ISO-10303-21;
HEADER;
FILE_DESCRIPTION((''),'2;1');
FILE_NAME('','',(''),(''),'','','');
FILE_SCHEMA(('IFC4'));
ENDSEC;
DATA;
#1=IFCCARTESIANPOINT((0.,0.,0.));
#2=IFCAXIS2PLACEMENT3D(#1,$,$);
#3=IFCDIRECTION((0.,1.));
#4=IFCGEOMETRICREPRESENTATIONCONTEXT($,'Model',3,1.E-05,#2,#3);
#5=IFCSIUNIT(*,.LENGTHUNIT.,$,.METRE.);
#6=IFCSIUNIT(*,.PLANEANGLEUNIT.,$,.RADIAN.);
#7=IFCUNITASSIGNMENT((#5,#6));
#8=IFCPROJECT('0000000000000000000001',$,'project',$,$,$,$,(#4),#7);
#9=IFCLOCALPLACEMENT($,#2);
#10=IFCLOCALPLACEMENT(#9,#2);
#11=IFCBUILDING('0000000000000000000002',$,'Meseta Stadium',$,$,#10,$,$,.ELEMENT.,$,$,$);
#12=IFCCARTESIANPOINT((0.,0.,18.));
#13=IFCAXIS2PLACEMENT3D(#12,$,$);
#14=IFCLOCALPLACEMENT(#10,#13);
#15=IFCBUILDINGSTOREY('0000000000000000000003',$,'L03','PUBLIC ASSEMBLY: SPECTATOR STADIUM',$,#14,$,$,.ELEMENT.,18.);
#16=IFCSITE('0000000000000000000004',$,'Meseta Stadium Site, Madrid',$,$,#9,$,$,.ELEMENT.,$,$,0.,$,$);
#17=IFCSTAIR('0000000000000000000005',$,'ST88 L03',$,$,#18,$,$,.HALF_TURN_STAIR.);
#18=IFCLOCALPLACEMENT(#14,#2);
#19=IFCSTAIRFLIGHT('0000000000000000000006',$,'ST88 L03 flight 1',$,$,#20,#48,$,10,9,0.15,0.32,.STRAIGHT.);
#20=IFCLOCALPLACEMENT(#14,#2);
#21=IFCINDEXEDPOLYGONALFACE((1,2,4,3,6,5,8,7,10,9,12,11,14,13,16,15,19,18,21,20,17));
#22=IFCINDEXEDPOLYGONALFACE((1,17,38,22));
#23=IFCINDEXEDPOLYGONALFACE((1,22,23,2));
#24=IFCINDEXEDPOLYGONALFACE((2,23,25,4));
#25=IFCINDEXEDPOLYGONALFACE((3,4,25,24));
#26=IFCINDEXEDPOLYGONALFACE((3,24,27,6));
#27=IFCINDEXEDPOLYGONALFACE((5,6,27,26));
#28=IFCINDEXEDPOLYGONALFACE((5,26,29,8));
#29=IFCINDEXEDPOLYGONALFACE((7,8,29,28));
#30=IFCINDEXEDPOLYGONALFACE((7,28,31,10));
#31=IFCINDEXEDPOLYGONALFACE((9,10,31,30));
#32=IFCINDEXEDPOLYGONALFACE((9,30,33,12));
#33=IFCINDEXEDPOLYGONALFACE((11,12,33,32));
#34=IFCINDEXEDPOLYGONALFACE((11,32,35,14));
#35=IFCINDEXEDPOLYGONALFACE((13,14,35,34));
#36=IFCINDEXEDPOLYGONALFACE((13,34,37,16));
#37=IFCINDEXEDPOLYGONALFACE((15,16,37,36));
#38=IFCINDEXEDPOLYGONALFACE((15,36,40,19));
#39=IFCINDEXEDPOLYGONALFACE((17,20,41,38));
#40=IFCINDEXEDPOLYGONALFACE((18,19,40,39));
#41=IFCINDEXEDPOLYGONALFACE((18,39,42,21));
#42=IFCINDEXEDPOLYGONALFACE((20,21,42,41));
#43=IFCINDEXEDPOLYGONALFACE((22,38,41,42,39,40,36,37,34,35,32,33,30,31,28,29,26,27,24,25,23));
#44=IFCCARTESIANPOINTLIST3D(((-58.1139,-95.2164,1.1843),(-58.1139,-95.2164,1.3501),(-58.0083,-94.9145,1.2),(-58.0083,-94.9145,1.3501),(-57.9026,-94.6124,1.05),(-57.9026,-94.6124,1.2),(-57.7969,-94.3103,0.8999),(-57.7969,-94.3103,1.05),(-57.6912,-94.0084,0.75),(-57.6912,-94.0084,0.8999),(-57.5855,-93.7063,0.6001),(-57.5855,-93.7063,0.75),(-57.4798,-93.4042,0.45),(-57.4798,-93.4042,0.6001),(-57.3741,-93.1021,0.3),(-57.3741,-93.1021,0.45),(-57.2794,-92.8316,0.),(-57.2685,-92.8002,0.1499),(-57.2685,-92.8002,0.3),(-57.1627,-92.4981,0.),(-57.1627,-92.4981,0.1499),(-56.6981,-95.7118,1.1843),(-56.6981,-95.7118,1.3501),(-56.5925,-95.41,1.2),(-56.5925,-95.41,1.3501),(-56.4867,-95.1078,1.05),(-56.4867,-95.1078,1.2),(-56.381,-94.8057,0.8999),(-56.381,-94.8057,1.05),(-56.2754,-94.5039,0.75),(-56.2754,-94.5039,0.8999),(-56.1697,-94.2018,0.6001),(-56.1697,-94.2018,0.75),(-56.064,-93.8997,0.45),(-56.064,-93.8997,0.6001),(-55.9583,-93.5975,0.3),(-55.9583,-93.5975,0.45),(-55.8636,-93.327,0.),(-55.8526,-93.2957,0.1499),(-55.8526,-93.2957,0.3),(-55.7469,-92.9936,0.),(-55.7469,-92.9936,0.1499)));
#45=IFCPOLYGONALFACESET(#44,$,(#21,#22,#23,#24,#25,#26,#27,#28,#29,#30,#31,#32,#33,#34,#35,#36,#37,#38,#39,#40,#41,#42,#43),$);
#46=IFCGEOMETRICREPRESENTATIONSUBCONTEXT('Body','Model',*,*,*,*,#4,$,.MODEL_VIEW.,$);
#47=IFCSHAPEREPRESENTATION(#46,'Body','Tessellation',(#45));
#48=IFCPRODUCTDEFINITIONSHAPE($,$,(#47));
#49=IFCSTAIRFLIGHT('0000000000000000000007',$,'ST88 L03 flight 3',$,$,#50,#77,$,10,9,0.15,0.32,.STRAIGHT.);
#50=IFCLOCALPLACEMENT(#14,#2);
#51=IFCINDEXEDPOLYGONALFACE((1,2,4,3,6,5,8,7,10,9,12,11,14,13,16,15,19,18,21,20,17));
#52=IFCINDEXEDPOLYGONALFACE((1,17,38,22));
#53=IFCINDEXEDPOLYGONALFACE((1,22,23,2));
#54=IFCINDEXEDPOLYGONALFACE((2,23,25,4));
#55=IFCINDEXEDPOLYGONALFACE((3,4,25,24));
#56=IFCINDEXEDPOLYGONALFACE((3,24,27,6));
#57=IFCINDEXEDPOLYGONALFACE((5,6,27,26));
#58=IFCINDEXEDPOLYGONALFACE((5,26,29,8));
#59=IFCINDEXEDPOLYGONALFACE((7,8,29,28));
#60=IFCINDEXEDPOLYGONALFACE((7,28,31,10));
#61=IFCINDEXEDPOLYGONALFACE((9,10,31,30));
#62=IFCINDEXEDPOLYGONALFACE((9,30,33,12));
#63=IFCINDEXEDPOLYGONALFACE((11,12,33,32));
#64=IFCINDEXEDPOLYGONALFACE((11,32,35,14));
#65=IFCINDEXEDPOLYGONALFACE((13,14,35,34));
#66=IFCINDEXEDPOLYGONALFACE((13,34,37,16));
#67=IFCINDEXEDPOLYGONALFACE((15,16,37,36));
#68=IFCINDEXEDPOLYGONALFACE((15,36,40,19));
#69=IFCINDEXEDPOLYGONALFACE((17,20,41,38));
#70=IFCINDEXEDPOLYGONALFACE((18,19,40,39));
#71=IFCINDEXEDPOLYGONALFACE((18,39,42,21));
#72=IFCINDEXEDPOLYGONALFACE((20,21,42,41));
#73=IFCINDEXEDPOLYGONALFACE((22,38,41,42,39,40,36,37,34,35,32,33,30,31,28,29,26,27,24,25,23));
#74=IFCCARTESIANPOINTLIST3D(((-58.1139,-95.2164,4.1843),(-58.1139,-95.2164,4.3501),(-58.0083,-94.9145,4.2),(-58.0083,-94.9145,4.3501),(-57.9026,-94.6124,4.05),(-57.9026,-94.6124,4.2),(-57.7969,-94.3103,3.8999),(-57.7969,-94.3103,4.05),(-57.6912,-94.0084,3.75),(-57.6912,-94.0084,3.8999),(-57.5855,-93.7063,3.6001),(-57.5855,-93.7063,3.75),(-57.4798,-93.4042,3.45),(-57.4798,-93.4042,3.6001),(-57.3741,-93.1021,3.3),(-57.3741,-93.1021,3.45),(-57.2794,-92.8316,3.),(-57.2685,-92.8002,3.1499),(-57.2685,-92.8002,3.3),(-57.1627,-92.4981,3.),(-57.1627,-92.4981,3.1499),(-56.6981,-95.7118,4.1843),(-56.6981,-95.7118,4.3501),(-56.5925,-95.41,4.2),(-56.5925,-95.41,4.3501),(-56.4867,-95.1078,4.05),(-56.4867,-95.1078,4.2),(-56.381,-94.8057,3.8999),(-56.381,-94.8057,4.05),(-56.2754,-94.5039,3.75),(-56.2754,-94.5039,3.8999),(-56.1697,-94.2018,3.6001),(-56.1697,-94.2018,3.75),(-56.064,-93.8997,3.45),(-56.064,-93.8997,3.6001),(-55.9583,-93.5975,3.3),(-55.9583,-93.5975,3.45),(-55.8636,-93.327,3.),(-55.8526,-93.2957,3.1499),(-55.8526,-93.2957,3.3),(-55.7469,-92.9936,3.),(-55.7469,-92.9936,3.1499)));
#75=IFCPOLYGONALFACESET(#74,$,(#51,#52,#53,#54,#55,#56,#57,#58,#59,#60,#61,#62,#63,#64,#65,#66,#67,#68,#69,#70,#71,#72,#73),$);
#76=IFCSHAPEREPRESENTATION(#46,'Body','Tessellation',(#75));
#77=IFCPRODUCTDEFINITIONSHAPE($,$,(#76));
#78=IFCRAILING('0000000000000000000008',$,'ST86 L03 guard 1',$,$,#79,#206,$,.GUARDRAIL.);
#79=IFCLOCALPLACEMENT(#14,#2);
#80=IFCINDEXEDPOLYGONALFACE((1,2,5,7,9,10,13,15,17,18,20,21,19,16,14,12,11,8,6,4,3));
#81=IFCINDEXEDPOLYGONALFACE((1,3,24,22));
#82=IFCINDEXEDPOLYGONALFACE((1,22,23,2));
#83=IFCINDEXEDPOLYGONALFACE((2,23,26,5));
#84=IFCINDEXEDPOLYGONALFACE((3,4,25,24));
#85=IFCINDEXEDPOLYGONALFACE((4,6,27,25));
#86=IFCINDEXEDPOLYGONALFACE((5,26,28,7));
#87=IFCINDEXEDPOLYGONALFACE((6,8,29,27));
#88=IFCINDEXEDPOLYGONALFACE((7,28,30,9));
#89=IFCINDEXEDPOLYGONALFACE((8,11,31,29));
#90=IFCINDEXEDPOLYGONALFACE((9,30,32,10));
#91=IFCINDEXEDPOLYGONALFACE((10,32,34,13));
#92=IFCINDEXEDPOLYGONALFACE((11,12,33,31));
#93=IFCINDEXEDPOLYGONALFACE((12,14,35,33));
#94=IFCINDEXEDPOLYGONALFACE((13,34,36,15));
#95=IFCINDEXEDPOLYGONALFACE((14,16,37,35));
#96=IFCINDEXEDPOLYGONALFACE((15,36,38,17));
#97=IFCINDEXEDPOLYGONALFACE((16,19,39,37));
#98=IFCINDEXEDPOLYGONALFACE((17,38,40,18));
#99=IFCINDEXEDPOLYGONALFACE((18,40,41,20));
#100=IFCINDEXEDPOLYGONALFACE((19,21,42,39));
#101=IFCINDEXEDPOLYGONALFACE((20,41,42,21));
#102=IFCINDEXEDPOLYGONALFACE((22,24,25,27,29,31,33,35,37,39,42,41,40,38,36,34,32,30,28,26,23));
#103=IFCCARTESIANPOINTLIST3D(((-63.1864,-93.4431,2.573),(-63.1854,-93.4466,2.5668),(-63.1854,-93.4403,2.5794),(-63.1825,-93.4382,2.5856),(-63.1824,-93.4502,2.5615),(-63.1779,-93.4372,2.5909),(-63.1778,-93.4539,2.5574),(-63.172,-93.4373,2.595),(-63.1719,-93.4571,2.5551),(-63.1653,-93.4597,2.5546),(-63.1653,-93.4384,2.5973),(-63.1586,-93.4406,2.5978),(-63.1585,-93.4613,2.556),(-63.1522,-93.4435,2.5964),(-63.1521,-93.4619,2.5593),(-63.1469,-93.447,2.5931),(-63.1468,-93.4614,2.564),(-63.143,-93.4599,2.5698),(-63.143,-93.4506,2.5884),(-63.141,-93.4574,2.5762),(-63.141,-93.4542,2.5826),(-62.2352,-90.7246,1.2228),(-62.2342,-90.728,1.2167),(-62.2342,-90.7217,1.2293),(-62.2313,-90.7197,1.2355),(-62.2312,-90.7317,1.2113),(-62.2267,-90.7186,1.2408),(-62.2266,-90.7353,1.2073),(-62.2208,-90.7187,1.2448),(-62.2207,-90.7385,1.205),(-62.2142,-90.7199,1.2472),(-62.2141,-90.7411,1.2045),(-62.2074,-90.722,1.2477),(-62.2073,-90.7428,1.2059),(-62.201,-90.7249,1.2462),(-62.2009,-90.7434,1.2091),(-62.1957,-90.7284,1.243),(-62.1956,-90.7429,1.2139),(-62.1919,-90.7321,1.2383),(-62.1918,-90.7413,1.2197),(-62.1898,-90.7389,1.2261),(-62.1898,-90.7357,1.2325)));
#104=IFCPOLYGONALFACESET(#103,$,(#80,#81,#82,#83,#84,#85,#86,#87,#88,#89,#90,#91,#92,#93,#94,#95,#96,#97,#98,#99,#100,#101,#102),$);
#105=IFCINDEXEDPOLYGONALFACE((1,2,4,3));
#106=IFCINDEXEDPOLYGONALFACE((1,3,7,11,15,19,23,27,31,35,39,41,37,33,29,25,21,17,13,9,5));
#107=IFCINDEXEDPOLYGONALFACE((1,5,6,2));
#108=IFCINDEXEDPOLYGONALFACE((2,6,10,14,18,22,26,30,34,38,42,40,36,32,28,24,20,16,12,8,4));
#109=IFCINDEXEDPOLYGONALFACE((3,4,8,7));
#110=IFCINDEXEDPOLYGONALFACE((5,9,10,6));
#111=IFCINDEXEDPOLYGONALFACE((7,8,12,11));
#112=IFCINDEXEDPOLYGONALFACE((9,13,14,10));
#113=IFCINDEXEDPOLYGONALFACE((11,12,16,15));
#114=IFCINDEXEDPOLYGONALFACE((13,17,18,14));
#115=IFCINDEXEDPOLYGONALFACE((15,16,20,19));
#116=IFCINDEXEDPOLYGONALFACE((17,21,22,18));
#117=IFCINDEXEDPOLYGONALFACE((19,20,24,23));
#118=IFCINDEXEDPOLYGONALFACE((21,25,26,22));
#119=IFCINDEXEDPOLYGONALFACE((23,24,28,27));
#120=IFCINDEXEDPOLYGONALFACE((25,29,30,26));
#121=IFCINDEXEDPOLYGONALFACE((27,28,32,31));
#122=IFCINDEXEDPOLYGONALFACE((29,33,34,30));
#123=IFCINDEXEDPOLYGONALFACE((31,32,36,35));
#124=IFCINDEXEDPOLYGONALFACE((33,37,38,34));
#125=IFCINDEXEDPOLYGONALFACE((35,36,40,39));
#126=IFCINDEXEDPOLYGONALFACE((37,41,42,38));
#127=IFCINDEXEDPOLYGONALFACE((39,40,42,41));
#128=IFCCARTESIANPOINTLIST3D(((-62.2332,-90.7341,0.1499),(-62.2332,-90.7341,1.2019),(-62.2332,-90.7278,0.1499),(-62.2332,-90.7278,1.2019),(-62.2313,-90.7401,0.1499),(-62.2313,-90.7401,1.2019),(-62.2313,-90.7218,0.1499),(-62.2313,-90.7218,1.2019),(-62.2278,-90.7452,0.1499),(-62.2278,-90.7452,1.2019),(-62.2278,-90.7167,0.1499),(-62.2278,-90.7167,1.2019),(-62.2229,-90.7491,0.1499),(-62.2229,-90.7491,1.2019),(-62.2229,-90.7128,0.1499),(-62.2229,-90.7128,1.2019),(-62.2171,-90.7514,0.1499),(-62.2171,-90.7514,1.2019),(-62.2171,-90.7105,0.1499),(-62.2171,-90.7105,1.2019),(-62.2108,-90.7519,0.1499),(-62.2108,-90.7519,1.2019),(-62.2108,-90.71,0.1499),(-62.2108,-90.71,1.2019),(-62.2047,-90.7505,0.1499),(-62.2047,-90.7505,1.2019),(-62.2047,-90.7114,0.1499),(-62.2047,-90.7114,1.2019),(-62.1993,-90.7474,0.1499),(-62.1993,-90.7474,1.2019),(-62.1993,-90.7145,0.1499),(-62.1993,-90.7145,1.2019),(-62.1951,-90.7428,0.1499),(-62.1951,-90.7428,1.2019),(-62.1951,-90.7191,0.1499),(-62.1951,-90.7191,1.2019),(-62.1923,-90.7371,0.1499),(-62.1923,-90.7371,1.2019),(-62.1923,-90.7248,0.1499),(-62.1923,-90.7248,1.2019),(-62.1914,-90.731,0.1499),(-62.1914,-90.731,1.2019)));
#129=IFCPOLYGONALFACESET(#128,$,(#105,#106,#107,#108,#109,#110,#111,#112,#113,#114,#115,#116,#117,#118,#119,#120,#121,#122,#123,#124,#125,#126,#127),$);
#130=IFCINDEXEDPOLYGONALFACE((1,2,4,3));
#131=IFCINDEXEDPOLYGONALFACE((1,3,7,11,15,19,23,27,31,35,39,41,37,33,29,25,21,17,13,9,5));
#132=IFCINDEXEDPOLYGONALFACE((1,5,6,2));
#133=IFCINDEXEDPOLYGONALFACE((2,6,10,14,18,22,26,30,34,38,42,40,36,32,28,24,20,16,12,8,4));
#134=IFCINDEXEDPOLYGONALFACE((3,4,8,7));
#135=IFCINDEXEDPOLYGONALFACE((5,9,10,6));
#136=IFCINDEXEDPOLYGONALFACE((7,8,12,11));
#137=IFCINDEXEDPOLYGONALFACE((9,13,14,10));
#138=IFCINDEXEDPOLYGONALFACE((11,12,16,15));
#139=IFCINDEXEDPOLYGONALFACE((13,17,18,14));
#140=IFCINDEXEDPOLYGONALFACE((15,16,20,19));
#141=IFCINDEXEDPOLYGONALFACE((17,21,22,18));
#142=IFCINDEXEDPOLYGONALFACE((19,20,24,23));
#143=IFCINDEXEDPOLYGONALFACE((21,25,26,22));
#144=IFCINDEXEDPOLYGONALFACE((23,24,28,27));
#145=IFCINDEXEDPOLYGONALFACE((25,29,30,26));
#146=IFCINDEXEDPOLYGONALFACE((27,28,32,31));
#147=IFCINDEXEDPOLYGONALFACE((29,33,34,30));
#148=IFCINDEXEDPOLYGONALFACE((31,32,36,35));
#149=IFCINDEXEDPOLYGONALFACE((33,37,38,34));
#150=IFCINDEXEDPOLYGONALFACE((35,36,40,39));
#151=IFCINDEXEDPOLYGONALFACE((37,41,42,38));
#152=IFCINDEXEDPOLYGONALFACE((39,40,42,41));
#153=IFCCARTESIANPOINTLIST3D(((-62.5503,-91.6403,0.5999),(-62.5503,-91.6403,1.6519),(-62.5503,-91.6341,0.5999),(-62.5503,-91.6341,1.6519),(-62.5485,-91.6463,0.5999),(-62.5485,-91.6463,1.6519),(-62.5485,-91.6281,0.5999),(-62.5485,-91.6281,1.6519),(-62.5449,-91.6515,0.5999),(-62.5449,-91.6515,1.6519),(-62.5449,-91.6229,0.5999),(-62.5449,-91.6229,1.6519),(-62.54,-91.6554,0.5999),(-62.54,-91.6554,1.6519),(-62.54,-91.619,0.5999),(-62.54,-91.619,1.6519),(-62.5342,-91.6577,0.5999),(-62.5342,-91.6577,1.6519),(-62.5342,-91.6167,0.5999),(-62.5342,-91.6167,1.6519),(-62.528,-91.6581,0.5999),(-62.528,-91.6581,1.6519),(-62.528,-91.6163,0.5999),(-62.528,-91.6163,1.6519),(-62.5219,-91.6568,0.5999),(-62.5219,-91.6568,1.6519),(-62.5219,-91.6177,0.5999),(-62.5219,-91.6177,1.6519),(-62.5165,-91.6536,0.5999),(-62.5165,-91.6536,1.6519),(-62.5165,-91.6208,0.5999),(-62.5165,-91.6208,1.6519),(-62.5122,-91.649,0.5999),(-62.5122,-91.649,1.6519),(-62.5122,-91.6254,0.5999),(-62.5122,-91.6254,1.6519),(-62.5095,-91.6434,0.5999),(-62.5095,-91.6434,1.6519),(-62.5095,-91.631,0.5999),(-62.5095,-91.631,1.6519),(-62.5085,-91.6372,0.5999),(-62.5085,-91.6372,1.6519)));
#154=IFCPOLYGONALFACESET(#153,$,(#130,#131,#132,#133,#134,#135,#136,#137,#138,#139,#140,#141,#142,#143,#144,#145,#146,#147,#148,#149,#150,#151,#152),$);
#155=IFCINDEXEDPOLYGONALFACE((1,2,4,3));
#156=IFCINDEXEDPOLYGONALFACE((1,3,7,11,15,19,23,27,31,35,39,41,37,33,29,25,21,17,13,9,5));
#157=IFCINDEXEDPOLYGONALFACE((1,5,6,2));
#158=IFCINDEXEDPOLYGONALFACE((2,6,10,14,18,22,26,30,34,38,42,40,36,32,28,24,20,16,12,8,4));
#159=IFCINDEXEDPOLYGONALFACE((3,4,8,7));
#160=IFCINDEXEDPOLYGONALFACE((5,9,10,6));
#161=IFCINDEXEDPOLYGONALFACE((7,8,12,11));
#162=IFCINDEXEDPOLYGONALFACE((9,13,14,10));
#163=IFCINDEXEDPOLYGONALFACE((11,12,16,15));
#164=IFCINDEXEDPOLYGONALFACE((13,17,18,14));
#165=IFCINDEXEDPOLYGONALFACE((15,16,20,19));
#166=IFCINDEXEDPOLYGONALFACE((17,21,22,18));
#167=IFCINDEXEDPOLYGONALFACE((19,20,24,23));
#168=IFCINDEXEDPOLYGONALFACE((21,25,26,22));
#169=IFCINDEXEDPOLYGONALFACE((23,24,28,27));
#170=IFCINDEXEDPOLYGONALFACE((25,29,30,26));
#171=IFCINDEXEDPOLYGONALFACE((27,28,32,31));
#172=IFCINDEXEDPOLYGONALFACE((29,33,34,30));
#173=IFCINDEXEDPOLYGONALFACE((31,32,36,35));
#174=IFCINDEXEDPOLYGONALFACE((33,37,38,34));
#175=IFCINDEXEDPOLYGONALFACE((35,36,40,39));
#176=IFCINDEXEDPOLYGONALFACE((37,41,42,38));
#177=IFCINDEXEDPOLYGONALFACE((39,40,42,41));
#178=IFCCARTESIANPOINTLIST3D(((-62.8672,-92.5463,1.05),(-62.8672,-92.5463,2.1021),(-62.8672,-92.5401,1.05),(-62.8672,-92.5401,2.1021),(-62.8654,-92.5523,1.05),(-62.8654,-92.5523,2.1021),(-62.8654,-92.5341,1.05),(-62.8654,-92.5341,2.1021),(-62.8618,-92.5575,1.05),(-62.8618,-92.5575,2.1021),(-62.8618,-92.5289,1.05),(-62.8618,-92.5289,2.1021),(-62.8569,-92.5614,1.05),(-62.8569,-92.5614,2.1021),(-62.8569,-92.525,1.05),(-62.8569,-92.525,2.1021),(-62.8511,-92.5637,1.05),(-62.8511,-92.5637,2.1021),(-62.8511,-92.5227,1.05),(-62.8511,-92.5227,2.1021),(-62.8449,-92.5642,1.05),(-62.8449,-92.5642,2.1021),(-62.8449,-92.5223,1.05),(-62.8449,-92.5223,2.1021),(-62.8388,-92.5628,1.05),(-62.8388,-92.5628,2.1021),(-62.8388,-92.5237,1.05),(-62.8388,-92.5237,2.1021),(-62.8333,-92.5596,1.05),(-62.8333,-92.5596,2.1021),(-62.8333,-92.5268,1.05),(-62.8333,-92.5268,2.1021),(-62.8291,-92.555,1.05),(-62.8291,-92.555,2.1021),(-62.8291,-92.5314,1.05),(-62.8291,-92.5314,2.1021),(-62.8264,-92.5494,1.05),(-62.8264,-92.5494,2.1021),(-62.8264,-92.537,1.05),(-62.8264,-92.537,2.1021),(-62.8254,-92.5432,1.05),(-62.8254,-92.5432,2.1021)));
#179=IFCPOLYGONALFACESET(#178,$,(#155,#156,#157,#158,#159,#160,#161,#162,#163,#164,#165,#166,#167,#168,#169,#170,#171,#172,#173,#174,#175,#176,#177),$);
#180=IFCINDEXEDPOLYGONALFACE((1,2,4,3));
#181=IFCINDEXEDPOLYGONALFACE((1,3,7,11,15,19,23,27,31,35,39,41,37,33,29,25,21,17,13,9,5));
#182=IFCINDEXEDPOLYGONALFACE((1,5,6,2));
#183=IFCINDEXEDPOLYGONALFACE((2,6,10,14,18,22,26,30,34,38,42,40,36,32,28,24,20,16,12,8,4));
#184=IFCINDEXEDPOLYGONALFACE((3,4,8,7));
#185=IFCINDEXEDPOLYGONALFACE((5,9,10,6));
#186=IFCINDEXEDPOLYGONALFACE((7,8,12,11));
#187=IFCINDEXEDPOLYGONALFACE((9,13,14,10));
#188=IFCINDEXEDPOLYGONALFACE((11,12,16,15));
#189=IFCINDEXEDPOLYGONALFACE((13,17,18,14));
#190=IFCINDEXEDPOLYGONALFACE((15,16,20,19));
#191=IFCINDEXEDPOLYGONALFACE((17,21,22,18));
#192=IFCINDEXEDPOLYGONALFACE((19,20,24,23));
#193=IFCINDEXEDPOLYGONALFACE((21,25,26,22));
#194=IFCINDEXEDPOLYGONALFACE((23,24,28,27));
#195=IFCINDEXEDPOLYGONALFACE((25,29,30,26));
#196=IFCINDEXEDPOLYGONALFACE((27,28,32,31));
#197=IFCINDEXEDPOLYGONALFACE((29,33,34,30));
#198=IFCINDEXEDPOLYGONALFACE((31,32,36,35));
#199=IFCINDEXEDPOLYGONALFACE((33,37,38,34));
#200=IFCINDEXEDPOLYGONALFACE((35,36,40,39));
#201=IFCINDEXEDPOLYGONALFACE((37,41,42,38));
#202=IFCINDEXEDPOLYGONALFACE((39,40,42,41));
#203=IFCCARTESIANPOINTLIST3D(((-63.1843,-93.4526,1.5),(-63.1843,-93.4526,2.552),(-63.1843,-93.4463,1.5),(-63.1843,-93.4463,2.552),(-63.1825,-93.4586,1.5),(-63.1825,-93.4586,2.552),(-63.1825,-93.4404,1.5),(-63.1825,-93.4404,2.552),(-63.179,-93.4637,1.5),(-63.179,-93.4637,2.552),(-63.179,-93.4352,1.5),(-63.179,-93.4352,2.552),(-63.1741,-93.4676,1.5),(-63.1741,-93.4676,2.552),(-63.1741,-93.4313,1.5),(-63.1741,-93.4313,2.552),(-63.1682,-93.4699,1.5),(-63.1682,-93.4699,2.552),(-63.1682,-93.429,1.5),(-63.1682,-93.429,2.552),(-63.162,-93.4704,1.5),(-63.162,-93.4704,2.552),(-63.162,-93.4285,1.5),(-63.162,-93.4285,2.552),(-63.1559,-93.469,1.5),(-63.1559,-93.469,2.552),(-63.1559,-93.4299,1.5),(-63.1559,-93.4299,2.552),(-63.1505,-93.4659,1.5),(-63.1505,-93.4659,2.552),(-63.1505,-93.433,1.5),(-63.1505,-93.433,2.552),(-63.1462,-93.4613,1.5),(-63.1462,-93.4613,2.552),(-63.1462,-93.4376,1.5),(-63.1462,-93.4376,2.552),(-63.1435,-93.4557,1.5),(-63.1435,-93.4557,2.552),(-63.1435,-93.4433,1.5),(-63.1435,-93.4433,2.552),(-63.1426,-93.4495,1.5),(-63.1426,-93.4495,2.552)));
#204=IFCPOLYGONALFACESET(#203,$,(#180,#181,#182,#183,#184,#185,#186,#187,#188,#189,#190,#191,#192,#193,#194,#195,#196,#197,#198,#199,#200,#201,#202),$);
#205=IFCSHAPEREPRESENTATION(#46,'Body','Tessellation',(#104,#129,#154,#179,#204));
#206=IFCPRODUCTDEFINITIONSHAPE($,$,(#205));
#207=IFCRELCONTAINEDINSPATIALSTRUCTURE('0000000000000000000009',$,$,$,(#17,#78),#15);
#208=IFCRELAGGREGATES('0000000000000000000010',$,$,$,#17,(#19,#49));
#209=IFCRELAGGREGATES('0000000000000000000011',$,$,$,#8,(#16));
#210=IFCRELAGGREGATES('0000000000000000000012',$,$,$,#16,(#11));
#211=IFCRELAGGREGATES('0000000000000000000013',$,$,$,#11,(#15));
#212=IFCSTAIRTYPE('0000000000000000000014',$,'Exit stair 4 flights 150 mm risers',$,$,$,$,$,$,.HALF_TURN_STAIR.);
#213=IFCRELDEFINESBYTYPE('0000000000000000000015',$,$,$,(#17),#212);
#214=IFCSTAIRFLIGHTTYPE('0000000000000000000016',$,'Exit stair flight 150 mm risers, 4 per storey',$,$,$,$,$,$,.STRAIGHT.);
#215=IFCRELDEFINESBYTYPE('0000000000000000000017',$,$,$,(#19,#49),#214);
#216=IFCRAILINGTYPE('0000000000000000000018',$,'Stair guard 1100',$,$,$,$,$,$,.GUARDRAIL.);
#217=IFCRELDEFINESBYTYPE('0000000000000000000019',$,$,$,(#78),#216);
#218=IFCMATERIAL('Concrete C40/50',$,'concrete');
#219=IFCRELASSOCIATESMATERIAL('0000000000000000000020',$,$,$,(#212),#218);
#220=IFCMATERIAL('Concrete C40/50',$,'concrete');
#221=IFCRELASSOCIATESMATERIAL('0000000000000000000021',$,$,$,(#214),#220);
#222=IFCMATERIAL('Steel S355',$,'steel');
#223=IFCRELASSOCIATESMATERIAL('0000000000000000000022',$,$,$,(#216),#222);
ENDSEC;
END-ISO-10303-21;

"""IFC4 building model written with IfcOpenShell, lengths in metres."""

from ifc_helpers import new_model, si_unit, direction, frame, origin, origin_2d, place, context, subcontext, project, spatial, polyline, circle, outline, extrude, material, type_object, element, aggregate, save


model = new_model("IFC4")

# Units and contexts
model_context = context("Model", 3, precision=1e-05, world=origin(), true_north=direction((0.0, 1.0)))
body_context = subcontext(model_context, "Body", "Model", "MODEL_VIEW")
ifc_project = project(units=[si_unit("LENGTHUNIT", "METRE"), si_unit("PLANEANGLEUNIT", "RADIAN")], contexts=[model_context])

# Site, building, storey
site_placement = place(None, origin())
site = spatial("IfcSite", under=ifc_project, at=site_placement, Name="Meseta Stadium Site, Madrid", CompositionType="ELEMENT", RefElevation=0.0)
building_placement = place(site_placement, origin())
building = spatial("IfcBuilding", under=site, at=building_placement, Name="Meseta Stadium", CompositionType="ELEMENT")
storey_placement = place(building_placement, frame((0.0, 0.0, 18.0)))
storey = spatial("IfcBuildingStorey", under=building, at=storey_placement, Name="L03", Description="PUBLIC ASSEMBLY: SPECTATOR STADIUM", CompositionType="ELEMENT", Elevation=18.0)

# Shared definitions
ifc_material_1 = material(Name="Concrete C40/50", Category="concrete")
stair_type = type_object("IfcStairType", Name="Exit stair 4 flights 150 mm risers", PredefinedType="HALF_TURN_STAIR", material=ifc_material_1)
ifc_material_2 = material(Name="Concrete C40/50", Category="concrete")
stair_flight_type = type_object("IfcStairFlightType", Name="Exit stair flight 150 mm risers, 4 per storey", PredefinedType="STRAIGHT", material=ifc_material_2)

# Stair, stair flights
stair_1_placement = place(storey_placement, origin())
stair_1 = element("IfcStair", 1, at=stair_1_placement, inside=storey, type_object=stair_type, Name="ST88 L03", PredefinedType="HALF_TURN_STAIR")
stair_flight_1_placement = place(storey_placement, frame((-56.4548, -92.7458, 0.0), z_axis=(0.0, 0.0, 1.0), x_axis=(-0.330279, -0.943883, 0.0)))
stair_flight_1 = element("IfcStairFlight", 2, at=stair_flight_1_placement, type_object=stair_flight_type, Name="ST88 L03 flight 1", NumberOfRisers=10, NumberOfTreads=9, PredefinedType="STRAIGHT", RiserHeight=0.15, TreadLength=0.32, context=body_context, shape_type="SweptSolid", body=[
    extrude(outline(polyline([(0.0, 0.0), (0.0, 0.1499), (0.3201, 0.1499), (0.3201, 0.3), (0.6399, 0.3), (0.6399, 0.45), (0.96, 0.45), (0.96, 0.6001), (1.28, 0.6001), (1.28, 0.75), (1.6001, 0.75), (1.6001, 0.8999), (1.9199, 0.8999), (1.9199, 1.05), (2.24, 1.05), (2.24, 1.2), (2.5601, 1.2), (2.5601, 1.3501), (2.8799, 1.3501), (2.8799, 1.1843), (0.3533, 0.0), (0.0, 0.0)])), frame((0.0, 0.75, 0.0), z_axis=(0.0, -1.0, 0.0), x_axis=(1.0, 0.0, 0.0)), (0.0, 0.0, 1.0), 1.5),
])
stair_flight_2_placement = place(storey_placement, frame((-56.4548, -92.7458, 3.0), z_axis=(0.0, 0.0, 1.0), x_axis=(-0.330279, -0.943883, 0.0)))
stair_flight_2 = element("IfcStairFlight", 3, at=stair_flight_2_placement, type_object=stair_flight_type, Name="ST88 L03 flight 3", NumberOfRisers=10, NumberOfTreads=9, PredefinedType="STRAIGHT", RiserHeight=0.15, TreadLength=0.32, context=body_context, shape_type="SweptSolid", body=[
    extrude(outline(polyline([(0.0, 0.0), (0.0, 0.1499), (0.3201, 0.1499), (0.3201, 0.3), (0.6399, 0.3), (0.6399, 0.45), (0.96, 0.45), (0.96, 0.6001), (1.28, 0.6001), (1.28, 0.75), (1.6001, 0.75), (1.6001, 0.8999), (1.9199, 0.8999), (1.9199, 1.05), (2.24, 1.05), (2.24, 1.2), (2.5601, 1.2), (2.5601, 1.3501), (2.8799, 1.3501), (2.8799, 1.1843), (0.3533, 0.0), (0.0, 0.0)])), frame((0.0, 0.75, 0.0), z_axis=(0.0, -1.0, 0.0), x_axis=(1.0, 0.0, 0.0)), (0.0, 0.0, 1.0), 1.5),
])
aggregate(stair_1, [stair_flight_1, stair_flight_2])

# Railing
ifc_material_3 = material(Name="Steel S355", Category="steel")
railing_type_1 = type_object("IfcRailingType", Name="Stair guard 1100", PredefinedType="GUARDRAIL", material=ifc_material_3)
railing_1_placement = place(storey_placement, frame((-62.2124, -90.731, 0.1499)))
element("IfcRailing", 4, at=railing_1_placement, inside=storey, type_object=railing_type_1, Name="ST86 L03 guard 1", PredefinedType="GUARDRAIL", context=body_context, shape_type="SweptSolid", body=[
    extrude(circle(Radius=0.0239, at=origin_2d()), frame((0.0, 0.0, 1.0762), z_axis=(-0.299031, -0.854649, 0.424446), x_axis=(0.943891, -0.330256, 0.0)), (0.0, 0.0, 1.0), 3.1809),
    extrude(circle(Radius=0.021, at=origin_2d()), origin(), (0.0, 0.0, 1.0), 1.052),
    extrude(circle(Radius=0.021, at=origin_2d()), frame((-0.3171, -0.9062, 0.45)), (0.0, 0.0, 1.0), 1.052),
    extrude(circle(Radius=0.021, at=origin_2d()), frame((-0.634, -1.8123, 0.9001)), (0.0, 0.0, 1.0), 1.052),
    extrude(circle(Radius=0.021, at=origin_2d()), frame((-0.9512, -2.7185, 1.3501)), (0.0, 0.0, 1.0), 1.052),
])

save(model, "model.ifc")
